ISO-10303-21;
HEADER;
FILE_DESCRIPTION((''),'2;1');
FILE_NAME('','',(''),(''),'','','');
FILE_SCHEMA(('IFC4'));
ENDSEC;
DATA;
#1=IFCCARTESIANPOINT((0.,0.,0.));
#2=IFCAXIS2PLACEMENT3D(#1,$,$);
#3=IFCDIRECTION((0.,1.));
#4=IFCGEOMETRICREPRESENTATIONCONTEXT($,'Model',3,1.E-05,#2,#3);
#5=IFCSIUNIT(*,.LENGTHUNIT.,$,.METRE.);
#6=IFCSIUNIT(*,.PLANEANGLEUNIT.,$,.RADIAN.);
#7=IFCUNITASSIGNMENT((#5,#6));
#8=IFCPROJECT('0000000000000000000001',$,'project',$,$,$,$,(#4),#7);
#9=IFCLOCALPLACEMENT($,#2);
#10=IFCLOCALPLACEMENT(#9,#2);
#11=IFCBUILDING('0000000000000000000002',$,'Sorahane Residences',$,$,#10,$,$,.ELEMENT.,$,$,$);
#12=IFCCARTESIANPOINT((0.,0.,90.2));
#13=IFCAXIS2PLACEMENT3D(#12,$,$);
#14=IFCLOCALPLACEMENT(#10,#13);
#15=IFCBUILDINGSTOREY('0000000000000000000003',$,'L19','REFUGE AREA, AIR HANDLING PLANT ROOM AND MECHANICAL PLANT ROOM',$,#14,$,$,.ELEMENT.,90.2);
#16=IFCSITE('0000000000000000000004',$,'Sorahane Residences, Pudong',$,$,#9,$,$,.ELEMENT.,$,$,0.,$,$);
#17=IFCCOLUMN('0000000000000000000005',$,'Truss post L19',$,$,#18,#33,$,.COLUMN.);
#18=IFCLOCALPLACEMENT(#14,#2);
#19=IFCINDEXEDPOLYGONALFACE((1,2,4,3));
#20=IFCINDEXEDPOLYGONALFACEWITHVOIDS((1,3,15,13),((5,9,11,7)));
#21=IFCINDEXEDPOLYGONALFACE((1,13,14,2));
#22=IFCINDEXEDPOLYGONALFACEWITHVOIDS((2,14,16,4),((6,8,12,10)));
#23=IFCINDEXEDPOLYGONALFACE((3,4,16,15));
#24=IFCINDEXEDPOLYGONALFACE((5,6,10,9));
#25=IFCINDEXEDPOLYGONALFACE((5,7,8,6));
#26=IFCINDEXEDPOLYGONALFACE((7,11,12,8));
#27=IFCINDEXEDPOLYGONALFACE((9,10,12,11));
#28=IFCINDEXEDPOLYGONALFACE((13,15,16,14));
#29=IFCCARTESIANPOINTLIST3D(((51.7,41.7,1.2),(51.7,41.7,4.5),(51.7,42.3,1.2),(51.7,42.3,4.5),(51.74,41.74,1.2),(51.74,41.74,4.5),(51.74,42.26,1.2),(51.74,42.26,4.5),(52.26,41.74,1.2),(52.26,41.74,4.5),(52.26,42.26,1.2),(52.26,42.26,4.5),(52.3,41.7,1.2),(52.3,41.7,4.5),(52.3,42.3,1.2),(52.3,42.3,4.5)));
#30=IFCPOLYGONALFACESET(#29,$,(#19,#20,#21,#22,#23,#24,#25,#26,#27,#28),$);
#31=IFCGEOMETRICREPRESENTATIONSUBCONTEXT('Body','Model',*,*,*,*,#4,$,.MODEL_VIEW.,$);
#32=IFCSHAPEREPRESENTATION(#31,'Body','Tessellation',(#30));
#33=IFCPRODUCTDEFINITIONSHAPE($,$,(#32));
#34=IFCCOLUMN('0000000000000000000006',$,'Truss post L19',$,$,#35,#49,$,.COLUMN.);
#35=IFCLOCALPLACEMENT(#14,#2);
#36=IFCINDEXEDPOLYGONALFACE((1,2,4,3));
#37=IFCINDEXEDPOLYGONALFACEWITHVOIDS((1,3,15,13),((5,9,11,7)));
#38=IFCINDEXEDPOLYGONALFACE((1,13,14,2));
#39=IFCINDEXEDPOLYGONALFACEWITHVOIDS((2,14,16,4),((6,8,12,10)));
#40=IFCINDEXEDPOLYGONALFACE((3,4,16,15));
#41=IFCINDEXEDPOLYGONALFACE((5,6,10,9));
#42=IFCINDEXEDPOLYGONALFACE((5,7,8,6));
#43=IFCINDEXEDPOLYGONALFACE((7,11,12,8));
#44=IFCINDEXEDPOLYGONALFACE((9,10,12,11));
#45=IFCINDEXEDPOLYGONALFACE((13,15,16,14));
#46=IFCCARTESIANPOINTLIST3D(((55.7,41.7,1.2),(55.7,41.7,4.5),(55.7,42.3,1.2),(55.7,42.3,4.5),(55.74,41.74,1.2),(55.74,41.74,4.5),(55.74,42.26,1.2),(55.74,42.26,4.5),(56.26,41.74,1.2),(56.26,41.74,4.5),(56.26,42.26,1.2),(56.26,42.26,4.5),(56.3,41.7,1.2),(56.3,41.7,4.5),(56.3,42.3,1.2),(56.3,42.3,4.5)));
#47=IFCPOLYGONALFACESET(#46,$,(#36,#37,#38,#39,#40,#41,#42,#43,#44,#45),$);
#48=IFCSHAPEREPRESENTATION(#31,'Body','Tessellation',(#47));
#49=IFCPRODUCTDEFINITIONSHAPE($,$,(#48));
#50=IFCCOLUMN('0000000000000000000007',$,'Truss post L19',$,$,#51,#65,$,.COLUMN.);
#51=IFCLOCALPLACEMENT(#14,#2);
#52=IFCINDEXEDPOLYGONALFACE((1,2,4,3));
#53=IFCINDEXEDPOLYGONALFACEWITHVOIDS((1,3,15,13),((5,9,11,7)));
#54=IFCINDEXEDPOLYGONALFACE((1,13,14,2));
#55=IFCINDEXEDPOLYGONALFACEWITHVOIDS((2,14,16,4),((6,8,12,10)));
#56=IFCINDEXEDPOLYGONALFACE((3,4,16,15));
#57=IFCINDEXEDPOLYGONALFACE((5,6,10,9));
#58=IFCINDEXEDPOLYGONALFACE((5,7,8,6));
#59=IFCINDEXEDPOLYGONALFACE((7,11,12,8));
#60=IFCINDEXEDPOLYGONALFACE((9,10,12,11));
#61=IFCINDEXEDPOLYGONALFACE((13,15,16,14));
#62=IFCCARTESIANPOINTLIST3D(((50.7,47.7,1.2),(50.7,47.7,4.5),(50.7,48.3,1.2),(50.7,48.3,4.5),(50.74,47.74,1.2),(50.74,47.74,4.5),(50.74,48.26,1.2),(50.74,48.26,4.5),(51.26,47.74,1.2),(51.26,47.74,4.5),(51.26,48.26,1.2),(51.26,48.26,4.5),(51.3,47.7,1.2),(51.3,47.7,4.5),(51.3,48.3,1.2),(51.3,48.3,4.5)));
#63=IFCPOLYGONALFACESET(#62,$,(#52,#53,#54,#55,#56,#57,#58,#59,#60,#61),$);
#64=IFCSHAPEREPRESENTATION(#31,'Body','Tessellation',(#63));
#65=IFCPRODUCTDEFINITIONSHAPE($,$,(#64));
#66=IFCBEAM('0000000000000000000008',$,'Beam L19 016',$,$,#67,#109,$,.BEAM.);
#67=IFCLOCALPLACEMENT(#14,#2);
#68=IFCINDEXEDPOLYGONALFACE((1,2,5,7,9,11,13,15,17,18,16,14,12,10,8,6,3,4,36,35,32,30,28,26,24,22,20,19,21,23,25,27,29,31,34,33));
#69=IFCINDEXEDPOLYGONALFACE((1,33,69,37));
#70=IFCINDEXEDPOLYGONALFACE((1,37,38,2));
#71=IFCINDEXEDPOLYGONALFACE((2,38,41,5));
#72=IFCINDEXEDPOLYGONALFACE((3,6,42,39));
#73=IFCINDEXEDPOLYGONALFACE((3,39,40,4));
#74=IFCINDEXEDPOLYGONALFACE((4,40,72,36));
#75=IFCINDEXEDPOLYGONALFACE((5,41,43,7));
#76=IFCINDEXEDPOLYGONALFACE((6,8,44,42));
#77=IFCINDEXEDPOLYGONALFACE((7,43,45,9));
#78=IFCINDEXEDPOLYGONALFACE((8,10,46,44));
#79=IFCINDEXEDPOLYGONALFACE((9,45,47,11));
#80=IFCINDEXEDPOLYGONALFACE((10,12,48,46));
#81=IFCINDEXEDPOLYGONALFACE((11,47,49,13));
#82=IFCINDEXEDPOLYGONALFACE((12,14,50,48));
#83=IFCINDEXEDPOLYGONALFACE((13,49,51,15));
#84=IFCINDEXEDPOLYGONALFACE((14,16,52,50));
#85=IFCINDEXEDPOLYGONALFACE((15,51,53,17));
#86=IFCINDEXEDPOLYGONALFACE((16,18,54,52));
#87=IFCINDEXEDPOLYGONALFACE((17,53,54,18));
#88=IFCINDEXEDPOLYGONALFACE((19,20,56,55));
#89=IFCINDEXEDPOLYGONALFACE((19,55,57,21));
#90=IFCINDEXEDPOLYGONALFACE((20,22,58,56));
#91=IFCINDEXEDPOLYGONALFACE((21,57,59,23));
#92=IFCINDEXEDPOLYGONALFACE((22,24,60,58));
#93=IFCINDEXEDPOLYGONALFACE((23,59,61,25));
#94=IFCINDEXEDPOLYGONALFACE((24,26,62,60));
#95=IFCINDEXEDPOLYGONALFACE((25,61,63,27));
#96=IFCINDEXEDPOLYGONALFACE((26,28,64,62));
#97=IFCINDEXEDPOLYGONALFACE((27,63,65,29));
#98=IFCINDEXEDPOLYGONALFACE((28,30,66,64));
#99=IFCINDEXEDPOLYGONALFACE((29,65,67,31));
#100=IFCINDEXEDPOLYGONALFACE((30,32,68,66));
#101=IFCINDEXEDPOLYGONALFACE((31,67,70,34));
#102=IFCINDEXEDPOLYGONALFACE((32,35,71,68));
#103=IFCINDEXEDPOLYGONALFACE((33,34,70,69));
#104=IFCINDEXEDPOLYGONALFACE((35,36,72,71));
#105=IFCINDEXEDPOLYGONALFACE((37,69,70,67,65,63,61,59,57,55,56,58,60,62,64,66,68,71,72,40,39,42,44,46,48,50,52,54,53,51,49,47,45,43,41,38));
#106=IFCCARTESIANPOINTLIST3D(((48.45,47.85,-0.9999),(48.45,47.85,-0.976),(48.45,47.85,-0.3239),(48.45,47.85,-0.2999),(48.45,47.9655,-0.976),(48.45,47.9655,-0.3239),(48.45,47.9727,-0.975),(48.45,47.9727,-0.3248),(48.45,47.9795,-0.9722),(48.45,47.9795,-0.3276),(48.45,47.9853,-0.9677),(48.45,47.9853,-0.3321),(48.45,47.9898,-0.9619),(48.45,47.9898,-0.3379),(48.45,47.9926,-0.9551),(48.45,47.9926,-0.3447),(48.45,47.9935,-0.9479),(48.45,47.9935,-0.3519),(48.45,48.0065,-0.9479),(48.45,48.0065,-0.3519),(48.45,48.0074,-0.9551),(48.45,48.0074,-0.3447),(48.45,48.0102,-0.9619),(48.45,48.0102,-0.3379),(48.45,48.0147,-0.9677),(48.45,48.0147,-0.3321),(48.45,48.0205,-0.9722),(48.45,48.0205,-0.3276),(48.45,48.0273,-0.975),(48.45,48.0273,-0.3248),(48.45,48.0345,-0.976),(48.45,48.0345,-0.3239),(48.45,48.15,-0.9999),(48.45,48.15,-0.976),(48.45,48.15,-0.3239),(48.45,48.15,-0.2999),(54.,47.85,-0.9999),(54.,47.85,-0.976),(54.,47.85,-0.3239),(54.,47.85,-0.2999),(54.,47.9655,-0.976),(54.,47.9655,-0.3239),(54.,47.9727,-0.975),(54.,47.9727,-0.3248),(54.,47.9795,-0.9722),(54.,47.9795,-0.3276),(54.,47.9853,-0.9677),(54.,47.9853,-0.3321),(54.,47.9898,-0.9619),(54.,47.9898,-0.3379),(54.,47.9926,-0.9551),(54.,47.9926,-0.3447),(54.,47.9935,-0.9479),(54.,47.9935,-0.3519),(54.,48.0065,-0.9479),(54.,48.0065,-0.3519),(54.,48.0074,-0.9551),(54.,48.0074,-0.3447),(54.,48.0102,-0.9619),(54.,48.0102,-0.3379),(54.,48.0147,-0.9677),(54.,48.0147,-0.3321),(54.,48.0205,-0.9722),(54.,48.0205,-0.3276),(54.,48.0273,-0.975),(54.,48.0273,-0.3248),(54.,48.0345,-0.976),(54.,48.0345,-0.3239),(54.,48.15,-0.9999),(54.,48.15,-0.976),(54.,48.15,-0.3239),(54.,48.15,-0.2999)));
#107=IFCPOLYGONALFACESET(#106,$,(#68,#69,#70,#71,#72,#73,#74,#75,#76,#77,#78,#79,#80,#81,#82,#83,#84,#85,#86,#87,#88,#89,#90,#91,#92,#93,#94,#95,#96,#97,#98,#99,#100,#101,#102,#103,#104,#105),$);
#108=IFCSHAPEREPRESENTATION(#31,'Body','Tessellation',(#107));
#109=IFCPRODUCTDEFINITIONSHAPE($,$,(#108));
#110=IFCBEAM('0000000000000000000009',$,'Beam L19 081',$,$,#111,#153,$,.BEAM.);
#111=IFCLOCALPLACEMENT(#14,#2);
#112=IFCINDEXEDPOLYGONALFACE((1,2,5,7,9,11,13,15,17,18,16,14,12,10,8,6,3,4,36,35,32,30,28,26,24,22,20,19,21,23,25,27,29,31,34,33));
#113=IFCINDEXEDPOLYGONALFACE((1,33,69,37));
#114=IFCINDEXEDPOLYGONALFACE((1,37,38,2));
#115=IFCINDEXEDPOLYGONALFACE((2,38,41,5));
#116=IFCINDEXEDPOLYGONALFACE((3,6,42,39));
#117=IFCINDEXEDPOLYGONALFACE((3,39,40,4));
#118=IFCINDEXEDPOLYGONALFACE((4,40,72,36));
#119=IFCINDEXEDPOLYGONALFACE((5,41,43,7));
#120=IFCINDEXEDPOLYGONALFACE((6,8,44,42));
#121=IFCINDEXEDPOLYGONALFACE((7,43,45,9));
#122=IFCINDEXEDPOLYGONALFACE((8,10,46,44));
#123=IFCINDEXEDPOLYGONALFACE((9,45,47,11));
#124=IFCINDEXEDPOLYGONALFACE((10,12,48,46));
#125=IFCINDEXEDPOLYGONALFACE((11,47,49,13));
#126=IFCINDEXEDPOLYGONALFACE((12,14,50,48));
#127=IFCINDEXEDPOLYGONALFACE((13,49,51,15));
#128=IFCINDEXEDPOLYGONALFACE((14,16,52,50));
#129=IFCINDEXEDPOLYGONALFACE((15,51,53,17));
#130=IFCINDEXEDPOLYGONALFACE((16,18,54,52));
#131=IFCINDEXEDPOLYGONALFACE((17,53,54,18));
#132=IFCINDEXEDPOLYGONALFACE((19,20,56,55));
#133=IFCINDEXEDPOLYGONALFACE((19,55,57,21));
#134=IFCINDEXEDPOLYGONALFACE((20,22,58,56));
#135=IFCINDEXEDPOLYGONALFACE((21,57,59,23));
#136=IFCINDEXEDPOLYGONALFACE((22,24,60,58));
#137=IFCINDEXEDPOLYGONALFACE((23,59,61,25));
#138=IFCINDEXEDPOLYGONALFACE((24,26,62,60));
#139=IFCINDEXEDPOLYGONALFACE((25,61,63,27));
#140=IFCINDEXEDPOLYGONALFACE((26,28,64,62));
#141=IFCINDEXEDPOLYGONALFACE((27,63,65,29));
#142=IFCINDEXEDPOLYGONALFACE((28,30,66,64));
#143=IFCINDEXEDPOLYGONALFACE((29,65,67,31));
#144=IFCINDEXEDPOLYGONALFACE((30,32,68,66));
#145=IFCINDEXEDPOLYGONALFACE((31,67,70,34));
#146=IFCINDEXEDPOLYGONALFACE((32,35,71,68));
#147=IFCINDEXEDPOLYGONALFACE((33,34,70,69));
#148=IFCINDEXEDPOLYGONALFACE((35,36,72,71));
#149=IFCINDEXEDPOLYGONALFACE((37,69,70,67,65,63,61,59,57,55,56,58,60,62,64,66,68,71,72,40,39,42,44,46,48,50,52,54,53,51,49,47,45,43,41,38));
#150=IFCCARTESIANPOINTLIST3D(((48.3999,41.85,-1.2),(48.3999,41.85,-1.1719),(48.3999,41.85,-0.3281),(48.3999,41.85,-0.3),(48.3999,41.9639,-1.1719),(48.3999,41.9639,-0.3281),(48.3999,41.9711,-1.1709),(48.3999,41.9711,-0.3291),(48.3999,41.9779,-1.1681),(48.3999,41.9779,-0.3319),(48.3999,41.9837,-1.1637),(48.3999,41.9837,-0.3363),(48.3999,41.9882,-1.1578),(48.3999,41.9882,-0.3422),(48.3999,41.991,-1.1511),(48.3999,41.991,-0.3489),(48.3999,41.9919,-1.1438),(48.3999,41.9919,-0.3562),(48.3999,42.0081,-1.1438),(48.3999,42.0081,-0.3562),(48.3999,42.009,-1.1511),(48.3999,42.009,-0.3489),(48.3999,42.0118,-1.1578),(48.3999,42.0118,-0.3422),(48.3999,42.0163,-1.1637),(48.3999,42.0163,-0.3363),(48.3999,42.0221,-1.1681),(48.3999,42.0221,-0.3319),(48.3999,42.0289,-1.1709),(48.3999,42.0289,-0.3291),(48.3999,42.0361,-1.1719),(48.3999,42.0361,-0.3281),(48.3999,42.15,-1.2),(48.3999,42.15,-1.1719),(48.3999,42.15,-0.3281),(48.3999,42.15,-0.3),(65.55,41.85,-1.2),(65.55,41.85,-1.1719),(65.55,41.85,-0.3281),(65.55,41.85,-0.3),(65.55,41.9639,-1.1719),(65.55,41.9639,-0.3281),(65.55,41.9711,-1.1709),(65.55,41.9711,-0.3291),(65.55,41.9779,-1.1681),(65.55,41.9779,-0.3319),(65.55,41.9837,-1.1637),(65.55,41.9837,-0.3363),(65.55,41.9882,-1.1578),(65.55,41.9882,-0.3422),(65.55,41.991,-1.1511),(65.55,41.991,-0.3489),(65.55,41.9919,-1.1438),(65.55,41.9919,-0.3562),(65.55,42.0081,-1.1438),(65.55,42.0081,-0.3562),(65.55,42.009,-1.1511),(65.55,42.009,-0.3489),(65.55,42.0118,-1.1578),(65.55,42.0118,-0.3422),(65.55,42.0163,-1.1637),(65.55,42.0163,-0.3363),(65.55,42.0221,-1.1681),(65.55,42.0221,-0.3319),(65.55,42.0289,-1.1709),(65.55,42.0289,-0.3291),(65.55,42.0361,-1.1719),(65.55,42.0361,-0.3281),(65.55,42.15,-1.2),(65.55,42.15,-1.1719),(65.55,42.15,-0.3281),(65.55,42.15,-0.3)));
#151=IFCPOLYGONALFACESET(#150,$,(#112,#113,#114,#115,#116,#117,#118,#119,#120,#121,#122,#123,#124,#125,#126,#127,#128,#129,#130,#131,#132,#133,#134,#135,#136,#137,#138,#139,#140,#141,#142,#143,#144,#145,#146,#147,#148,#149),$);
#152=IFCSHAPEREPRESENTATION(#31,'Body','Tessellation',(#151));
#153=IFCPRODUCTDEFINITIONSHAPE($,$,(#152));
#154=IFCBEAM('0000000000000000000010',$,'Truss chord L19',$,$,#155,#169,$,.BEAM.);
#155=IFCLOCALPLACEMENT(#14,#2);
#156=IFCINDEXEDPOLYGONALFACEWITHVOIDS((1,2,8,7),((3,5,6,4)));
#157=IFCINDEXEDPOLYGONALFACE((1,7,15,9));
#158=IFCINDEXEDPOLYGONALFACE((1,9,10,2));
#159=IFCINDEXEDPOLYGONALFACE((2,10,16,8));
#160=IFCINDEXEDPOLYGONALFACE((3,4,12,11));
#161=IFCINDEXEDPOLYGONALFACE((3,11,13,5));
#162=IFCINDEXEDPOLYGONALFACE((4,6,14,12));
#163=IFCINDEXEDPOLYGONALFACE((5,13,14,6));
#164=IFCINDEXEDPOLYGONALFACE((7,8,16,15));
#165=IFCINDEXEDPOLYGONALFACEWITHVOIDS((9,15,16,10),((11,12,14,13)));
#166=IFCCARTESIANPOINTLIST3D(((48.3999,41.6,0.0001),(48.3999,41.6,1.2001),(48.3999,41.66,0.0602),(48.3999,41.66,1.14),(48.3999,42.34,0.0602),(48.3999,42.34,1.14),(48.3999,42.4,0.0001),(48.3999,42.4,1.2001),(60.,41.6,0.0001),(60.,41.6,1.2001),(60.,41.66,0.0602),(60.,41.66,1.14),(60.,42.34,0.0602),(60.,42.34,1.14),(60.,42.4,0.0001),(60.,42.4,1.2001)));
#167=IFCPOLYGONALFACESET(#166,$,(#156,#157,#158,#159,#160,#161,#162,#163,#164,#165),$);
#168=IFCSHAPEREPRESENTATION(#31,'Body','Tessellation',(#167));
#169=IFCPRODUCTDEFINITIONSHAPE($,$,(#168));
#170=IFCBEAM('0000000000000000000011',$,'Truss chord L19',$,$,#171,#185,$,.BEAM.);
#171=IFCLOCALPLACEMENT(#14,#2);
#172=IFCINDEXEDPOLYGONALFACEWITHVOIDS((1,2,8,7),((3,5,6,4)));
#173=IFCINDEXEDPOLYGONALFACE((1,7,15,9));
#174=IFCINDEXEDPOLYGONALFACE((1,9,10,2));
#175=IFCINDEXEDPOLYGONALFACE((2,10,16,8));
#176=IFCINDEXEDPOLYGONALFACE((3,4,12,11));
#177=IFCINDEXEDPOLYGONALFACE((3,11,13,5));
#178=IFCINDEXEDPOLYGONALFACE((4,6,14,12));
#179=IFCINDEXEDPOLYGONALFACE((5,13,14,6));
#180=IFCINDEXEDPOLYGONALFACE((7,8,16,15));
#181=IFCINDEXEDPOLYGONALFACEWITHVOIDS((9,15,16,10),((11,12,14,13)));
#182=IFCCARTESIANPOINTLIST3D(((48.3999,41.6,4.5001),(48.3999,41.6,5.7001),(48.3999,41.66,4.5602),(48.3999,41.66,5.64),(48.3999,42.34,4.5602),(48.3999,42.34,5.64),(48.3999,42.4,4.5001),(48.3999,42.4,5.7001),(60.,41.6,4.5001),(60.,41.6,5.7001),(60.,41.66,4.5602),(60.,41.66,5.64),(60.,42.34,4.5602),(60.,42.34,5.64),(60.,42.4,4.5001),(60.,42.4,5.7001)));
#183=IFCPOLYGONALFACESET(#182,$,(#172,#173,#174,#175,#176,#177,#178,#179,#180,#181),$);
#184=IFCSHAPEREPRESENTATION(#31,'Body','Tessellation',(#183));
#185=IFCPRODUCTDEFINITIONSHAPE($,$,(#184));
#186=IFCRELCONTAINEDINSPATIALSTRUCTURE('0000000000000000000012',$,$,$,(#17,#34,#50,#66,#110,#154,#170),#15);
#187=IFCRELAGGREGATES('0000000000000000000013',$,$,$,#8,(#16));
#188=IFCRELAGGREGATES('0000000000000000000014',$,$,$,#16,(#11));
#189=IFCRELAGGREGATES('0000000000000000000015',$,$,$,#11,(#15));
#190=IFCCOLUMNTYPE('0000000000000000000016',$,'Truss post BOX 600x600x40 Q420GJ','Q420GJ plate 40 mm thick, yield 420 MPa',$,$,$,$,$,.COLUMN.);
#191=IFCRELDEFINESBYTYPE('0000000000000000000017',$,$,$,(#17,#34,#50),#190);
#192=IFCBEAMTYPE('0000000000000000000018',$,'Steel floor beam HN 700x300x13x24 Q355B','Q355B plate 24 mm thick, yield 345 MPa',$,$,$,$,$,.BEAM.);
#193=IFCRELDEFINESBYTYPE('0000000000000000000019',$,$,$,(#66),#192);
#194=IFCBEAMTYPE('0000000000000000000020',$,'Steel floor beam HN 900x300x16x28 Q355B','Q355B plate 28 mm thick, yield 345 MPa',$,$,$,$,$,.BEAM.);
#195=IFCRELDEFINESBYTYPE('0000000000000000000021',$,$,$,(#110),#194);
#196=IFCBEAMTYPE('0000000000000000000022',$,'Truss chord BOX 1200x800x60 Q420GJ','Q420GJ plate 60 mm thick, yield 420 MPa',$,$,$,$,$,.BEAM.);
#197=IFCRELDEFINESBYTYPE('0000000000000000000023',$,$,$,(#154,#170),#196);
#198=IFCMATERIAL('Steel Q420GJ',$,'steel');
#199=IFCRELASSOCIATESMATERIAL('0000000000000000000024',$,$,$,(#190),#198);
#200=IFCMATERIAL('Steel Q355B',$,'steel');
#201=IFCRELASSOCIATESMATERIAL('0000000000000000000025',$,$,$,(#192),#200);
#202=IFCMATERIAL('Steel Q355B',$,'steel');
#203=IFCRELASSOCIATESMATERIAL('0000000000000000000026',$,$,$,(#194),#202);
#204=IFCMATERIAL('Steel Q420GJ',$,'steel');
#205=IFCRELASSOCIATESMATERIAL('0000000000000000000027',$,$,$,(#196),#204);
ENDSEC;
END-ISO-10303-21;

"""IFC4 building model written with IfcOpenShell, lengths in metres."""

from ifc_helpers import new_model, si_unit, direction, frame, origin, origin_2d, place, context, subcontext, project, spatial, hollow_rectangle, i_section, extrude, material, material_profile, profile_set, type_object, element, save


model = new_model("IFC4")

# Units and contexts
model_context = context("Model", 3, precision=1e-05, world=origin(), true_north=direction((0.0, 1.0)))
body_context = subcontext(model_context, "Body", "Model", "MODEL_VIEW")
ifc_project = project(units=[si_unit("LENGTHUNIT", "METRE"), si_unit("PLANEANGLEUNIT", "RADIAN")], contexts=[model_context])

# Site, building, storey
site_placement = place(None, origin())
site = spatial("IfcSite", under=ifc_project, at=site_placement, Name="Sorahane Residences, Pudong", CompositionType="ELEMENT", RefElevation=0.0)
building_placement = place(site_placement, origin())
building = spatial("IfcBuilding", under=site, at=building_placement, Name="Sorahane Residences", CompositionType="ELEMENT")
storey_placement = place(building_placement, frame((0.0, 0.0, 90.2)))
storey = spatial("IfcBuildingStorey", under=building, at=storey_placement, Name="L19", Description="REFUGE AREA, AIR HANDLING PLANT ROOM AND MECHANICAL PLANT ROOM", CompositionType="ELEMENT", Elevation=90.2)

# Columns
ifc_material_1 = material(Name="Steel Q420GJ", Category="steel")
ifc_material_profile_1 = material_profile(ifc_material_1, hollow_rectangle(XDim=0.6001, YDim=0.6001, WallThickness=0.04, at=origin_2d()), Name="BOX 600x600x40")
ifc_profile_set_1 = profile_set([ifc_material_profile_1], Name="Steel Q420GJ")
column_type = type_object("IfcColumnType", Name="Truss post BOX 600x600x40 Q420GJ", Description="Q420GJ plate 40 mm thick, yield 420 MPa", PredefinedType="COLUMN", material=ifc_profile_set_1)
for number, where, z_axis, x_axis, name in (
    (1, (52.0, 42.0, 1.2), (0.0, 0.0, 1.0), (1.0, 0.0, 0.0), "Truss post L19"),
    (2, (56.0, 42.0, 1.2), (0.0, 0.0, 1.0), (1.0, 0.0, 0.0), "Truss post L19"),
    (3, (51.0, 48.0, 1.2), (0.0, 0.0, 1.0), (1.0, 0.0, 0.0), "Truss post L19"),
):
    element("IfcColumn", number, at=place(storey_placement, frame(where, z_axis=z_axis, x_axis=x_axis)), inside=storey, type_object=column_type, Name=name, PredefinedType="COLUMN", context=body_context, shape_type="SweptSolid", body=[
        extrude(hollow_rectangle(XDim=0.6001, YDim=0.6001, WallThickness=0.04, at=origin_2d()), origin(), (0.0, 0.0, 1.0), 3.3),
    ])

# Beams
ifc_material_2 = material(Name="Steel Q355B", Category="steel")
ifc_material_profile_2 = material_profile(ifc_material_2, i_section(OverallWidth=0.3, OverallDepth=0.7, WebThickness=0.0129, FlangeThickness=0.0239, FilletRadius=0.0281, at=origin_2d()), Name="HN 700x300x13x24")
ifc_profile_set_2 = profile_set([ifc_material_profile_2], Name="Steel Q355B")
beam_type_1 = type_object("IfcBeamType", Name="Steel floor beam HN 700x300x13x24 Q355B", Description="Q355B plate 24 mm thick, yield 345 MPa", PredefinedType="BEAM", material=ifc_profile_set_2)
beam_1_placement = place(storey_placement, frame((48.45, 48.0, -0.6499), z_axis=(1.0, 0.0, 0.0), x_axis=(0.0, 1.0, 0.0)))
element("IfcBeam", 4, at=beam_1_placement, inside=storey, type_object=beam_type_1, Name="Beam L19 016", PredefinedType="BEAM", context=body_context, shape_type="SweptSolid", body=[
    extrude(i_section(OverallWidth=0.3, OverallDepth=0.7, WebThickness=0.0129, FlangeThickness=0.0239, FilletRadius=0.0281, at=origin_2d()), origin(), (0.0, 0.0, 1.0), 5.55),
])
ifc_material_3 = material(Name="Steel Q355B", Category="steel")
ifc_material_profile_3 = material_profile(ifc_material_3, i_section(OverallWidth=0.3, OverallDepth=0.8999, WebThickness=0.0161, FlangeThickness=0.0281, FilletRadius=0.0281, at=origin_2d()), Name="HN 900x300x16x28")
ifc_profile_set_3 = profile_set([ifc_material_profile_3], Name="Steel Q355B")
beam_type_2 = type_object("IfcBeamType", Name="Steel floor beam HN 900x300x16x28 Q355B", Description="Q355B plate 28 mm thick, yield 345 MPa", PredefinedType="BEAM", material=ifc_profile_set_3)
beam_2_placement = place(storey_placement, frame((48.3999, 42.0, -0.75), z_axis=(1.0, 0.0, 0.0), x_axis=(0.0, 1.0, 0.0)))
element("IfcBeam", 5, at=beam_2_placement, inside=storey, type_object=beam_type_2, Name="Beam L19 081", PredefinedType="BEAM", context=body_context, shape_type="SweptSolid", body=[
    extrude(i_section(OverallWidth=0.3, OverallDepth=0.8999, WebThickness=0.0161, FlangeThickness=0.0281, FilletRadius=0.0281, at=origin_2d()), origin(), (0.0, 0.0, 1.0), 17.1501),
])
ifc_material_4 = material(Name="Steel Q420GJ", Category="steel")
ifc_material_profile_4 = material_profile(ifc_material_4, hollow_rectangle(XDim=0.8, YDim=1.2, WallThickness=0.0601, at=origin_2d()), Name="BOX 1200x800x60")
ifc_profile_set_4 = profile_set([ifc_material_profile_4], Name="Steel Q420GJ")
beam_type_3 = type_object("IfcBeamType", Name="Truss chord BOX 1200x800x60 Q420GJ", Description="Q420GJ plate 60 mm thick, yield 420 MPa", PredefinedType="BEAM", material=ifc_profile_set_4)
for number, where, z_axis, x_axis, name in (
    (6, (48.3999, 42.0, 0.6001), (1.0, 0.0, 0.0), (0.0, 1.0, 0.0), "Truss chord L19"),
    (7, (48.3999, 42.0, 5.1001), (1.0, 0.0, 0.0), (0.0, 1.0, 0.0), "Truss chord L19"),
):
    element("IfcBeam", number, at=place(storey_placement, frame(where, z_axis=z_axis, x_axis=x_axis)), inside=storey, type_object=beam_type_3, Name=name, PredefinedType="BEAM", context=body_context, shape_type="SweptSolid", body=[
        extrude(hollow_rectangle(XDim=0.8, YDim=1.2, WallThickness=0.0601, at=origin_2d()), origin(), (0.0, 0.0, 1.0), 11.6001),
    ])

save(model, "model.ifc")
